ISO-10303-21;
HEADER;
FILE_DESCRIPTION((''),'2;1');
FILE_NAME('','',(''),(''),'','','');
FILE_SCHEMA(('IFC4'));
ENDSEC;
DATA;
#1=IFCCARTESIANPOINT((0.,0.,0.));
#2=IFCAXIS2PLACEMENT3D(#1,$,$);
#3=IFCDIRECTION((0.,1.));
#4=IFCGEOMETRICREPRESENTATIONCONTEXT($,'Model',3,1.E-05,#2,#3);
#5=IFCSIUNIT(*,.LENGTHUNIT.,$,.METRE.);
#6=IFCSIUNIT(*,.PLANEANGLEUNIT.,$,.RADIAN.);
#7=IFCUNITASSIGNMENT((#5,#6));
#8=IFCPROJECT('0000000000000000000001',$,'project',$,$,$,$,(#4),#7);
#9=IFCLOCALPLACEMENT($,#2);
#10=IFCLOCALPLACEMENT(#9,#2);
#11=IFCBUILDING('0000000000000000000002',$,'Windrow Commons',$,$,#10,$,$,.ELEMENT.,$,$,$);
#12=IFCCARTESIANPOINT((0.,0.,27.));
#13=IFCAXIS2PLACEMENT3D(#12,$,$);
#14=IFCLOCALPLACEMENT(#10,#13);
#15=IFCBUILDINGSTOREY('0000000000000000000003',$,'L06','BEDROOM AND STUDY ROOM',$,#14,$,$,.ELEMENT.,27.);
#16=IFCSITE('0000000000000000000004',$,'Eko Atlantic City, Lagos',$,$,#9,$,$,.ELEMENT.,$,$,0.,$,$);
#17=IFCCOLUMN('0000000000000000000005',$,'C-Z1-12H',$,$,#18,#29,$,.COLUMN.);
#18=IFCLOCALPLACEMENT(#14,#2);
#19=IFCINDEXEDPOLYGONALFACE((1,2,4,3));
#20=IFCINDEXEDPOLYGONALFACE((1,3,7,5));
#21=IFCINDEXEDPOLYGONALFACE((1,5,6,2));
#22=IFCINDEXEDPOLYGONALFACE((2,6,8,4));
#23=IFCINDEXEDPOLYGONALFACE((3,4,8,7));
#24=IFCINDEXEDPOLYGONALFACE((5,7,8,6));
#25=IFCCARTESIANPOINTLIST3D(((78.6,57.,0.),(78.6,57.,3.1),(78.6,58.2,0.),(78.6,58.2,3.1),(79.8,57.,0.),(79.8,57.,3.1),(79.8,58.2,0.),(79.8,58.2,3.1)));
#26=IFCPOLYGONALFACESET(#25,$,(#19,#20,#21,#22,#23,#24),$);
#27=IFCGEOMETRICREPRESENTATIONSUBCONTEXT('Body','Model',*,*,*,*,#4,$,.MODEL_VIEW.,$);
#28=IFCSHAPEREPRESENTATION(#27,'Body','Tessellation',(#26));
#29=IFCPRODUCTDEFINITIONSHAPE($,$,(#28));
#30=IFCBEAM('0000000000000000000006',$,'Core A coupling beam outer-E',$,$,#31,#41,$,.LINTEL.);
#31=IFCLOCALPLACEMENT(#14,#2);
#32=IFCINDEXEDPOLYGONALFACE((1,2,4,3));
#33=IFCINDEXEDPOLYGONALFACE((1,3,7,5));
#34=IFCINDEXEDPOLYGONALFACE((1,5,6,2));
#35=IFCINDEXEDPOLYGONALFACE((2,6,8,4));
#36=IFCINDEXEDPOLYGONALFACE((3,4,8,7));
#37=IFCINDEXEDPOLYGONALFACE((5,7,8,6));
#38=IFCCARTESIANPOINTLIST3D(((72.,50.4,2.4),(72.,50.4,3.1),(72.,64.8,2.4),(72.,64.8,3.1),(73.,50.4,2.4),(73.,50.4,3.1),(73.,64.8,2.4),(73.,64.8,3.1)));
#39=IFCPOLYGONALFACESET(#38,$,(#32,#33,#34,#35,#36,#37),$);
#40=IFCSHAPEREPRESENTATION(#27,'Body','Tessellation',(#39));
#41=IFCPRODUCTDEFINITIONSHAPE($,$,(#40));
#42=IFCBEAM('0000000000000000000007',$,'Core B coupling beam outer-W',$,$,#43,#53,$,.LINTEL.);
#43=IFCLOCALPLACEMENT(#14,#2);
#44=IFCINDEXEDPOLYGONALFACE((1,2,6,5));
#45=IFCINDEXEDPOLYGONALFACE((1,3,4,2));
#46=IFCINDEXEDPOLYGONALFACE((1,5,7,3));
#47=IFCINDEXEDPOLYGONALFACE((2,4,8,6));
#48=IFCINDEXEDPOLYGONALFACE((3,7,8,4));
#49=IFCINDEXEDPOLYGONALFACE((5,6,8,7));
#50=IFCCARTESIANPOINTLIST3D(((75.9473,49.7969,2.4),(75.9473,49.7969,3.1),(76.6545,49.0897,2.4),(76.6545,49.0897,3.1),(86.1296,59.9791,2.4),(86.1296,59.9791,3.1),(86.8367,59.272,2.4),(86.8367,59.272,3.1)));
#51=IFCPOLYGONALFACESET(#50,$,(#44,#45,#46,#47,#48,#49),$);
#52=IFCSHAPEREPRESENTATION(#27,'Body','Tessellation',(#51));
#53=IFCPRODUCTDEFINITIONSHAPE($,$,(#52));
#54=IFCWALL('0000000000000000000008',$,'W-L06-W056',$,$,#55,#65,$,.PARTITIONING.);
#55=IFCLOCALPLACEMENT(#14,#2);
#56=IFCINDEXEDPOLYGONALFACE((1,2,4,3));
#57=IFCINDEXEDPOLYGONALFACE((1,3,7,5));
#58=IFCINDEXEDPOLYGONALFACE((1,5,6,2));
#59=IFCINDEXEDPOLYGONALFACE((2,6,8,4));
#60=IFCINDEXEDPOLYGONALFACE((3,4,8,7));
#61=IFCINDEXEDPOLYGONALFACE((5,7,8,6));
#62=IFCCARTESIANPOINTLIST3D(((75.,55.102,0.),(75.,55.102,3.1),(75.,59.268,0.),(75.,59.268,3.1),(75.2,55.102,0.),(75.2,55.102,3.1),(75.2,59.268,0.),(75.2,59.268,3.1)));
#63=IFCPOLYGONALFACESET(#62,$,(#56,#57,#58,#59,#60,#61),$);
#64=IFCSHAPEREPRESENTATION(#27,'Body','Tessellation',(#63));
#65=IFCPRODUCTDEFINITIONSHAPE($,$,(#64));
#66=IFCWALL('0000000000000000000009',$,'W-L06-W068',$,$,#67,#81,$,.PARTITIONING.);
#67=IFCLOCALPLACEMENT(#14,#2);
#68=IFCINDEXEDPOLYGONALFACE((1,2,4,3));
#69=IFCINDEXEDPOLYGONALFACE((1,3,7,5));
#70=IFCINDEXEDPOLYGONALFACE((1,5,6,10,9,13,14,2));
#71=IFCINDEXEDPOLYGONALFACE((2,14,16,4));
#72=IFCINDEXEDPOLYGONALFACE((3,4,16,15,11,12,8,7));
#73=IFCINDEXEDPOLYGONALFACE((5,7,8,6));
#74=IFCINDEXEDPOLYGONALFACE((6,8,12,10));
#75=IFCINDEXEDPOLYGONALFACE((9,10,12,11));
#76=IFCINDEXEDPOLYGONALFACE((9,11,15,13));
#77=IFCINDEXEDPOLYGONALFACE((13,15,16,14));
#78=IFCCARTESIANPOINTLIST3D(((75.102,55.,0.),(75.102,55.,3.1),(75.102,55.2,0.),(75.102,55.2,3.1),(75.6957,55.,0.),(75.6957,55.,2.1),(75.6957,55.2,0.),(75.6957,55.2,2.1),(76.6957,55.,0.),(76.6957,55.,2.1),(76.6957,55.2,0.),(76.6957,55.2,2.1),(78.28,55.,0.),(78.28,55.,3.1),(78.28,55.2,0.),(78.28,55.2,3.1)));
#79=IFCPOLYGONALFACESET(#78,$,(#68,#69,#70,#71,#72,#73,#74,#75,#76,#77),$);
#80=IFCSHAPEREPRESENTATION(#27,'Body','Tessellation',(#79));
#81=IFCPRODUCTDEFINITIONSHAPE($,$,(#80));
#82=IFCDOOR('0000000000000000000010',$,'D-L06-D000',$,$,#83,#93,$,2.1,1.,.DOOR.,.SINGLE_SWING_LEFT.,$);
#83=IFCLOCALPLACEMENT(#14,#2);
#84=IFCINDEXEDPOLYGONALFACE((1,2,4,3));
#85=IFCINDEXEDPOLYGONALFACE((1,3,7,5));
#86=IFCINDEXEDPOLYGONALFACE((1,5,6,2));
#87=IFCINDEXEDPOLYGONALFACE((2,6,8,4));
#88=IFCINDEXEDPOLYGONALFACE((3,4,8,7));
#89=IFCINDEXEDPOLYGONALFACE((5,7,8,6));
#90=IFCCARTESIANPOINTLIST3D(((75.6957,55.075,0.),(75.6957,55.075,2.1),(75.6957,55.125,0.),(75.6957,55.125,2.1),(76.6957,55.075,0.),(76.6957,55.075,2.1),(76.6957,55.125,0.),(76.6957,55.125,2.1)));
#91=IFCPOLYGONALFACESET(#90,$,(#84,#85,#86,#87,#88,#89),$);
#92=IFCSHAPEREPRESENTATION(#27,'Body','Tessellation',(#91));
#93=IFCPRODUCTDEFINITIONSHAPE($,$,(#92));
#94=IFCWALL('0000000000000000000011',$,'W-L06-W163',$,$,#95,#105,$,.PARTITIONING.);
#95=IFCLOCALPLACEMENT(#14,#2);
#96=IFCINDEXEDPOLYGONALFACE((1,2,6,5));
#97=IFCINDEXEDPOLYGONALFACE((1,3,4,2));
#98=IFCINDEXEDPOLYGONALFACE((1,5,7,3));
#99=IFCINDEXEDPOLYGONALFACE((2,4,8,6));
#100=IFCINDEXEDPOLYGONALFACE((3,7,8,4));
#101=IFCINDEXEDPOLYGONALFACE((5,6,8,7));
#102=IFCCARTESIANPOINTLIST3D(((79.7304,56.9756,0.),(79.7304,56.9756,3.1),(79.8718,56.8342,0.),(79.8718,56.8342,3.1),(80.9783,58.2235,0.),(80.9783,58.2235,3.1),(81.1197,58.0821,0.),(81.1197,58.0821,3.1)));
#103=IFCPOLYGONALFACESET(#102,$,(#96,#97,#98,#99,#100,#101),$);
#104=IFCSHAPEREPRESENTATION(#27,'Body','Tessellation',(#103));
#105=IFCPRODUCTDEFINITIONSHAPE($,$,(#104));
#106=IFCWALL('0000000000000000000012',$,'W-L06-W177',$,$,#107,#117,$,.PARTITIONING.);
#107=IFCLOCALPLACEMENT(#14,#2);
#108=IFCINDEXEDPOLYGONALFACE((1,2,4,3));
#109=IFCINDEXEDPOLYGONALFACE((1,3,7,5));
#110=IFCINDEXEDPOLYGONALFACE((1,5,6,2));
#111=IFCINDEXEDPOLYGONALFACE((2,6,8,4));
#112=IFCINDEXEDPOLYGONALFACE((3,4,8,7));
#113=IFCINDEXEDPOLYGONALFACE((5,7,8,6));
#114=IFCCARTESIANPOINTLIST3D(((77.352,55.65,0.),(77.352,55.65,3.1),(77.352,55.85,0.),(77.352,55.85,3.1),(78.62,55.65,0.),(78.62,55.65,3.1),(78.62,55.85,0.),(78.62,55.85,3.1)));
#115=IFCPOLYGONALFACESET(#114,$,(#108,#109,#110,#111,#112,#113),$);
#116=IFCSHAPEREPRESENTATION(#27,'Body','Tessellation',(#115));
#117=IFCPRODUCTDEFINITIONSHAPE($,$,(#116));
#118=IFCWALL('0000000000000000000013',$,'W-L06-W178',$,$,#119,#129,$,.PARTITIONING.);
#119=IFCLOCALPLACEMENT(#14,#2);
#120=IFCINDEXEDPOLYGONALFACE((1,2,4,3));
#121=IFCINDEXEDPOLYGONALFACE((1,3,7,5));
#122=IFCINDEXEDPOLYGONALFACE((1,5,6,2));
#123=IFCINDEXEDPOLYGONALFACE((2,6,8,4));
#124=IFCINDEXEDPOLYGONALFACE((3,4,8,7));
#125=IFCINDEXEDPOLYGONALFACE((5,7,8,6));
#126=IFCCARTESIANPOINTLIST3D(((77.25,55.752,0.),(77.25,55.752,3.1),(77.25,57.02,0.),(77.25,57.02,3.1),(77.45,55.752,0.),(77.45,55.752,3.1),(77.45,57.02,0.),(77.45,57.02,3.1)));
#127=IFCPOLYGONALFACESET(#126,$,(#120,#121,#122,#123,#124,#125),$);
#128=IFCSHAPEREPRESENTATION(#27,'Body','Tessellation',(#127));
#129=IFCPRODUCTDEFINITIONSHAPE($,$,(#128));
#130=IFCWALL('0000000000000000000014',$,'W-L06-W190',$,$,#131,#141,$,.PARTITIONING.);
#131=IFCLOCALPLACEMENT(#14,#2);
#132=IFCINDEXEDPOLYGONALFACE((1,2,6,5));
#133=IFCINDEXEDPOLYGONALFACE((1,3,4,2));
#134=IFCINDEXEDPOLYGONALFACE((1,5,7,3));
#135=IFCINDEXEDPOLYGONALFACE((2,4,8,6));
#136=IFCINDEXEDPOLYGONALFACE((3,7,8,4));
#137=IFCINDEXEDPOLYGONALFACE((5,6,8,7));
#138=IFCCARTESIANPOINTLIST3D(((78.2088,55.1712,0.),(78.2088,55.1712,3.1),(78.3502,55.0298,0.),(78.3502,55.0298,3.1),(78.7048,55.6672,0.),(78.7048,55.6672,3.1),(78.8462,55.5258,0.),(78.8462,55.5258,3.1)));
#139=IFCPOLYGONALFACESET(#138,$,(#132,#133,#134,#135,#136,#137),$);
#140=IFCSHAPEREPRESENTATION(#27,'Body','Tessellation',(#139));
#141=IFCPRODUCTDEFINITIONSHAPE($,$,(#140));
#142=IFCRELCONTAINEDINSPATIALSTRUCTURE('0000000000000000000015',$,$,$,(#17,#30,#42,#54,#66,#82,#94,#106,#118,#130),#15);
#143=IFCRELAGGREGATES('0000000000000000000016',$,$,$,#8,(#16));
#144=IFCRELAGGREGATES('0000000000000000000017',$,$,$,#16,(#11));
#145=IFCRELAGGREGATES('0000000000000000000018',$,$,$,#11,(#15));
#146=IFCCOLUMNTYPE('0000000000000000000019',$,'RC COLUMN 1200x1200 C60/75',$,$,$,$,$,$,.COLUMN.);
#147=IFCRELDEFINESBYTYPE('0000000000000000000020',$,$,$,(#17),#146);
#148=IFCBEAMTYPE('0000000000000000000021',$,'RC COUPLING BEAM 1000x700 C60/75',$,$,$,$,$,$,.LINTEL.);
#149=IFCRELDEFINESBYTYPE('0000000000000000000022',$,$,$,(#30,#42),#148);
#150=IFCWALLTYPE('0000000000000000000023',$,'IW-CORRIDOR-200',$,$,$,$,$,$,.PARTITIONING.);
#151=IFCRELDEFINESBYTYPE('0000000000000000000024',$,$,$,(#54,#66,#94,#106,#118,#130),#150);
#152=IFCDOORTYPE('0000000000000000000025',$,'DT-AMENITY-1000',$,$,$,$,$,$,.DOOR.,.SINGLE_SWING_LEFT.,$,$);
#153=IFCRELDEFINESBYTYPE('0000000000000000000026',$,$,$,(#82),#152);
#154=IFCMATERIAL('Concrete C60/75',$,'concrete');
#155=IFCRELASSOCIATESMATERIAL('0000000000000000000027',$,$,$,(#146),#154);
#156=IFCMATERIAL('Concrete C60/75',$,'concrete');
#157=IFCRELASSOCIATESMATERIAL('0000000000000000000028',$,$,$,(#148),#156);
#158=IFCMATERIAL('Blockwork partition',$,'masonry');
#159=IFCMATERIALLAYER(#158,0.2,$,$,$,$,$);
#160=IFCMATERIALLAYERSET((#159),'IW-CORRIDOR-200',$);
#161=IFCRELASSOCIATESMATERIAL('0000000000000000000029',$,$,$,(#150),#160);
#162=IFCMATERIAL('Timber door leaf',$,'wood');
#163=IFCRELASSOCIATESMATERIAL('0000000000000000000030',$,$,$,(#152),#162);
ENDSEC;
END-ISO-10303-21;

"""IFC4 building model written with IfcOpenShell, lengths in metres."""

from ifc_helpers import new_model, si_unit, direction, frame, frame_2d, origin, origin_2d, place, context, subcontext, project, spatial, rectangle, extrude, material, layer, layer_set, material_profile, profile_set, type_object, element, fill, save


model = new_model("IFC4")

# Units and contexts
model_context = context("Model", 3, precision=1e-05, world=origin(), true_north=direction((0.0, 1.0)))
body_context = subcontext(model_context, "Body", "Model", "MODEL_VIEW")
ifc_project = project(units=[si_unit("LENGTHUNIT", "METRE"), si_unit("PLANEANGLEUNIT", "RADIAN")], contexts=[model_context])

# Site, building, storey
site_placement = place(None, origin())
site = spatial("IfcSite", under=ifc_project, at=site_placement, Name="Eko Atlantic City, Lagos", CompositionType="ELEMENT", RefElevation=0.0)
building_placement = place(site_placement, origin())
building = spatial("IfcBuilding", under=site, at=building_placement, Name="Windrow Commons", CompositionType="ELEMENT")
storey_placement = place(building_placement, frame((0.0, 0.0, 27.0)))
storey = spatial("IfcBuildingStorey", under=building, at=storey_placement, Name="L06", Description="BEDROOM AND STUDY ROOM", CompositionType="ELEMENT", Elevation=27.0)

# Column
ifc_material_1 = material(Name="Concrete C60/75", Category="concrete")
ifc_material_profile_1 = material_profile(ifc_material_1, rectangle(XDim=1.2, YDim=1.2, at=origin_2d()))
ifc_profile_set_1 = profile_set([ifc_material_profile_1], Name="Concrete C60/75")
column_type = type_object("IfcColumnType", Name="RC COLUMN 1200x1200 C60/75", PredefinedType="COLUMN", material=ifc_profile_set_1)
column_placement = place(storey_placement, frame((79.2, 57.6, 0.0), z_axis=(0.0, 0.0, 1.0), x_axis=(1.0, 0.0, 0.0)))
element("IfcColumn", 1, at=column_placement, inside=storey, type_object=column_type, Name="C-Z1-12H", PredefinedType="COLUMN", context=body_context, shape_type="SweptSolid", body=[
    extrude(rectangle(XDim=1.2, YDim=1.2, at=origin_2d()), origin(), (0.0, 0.0, 1.0), 3.1),
])

# Beams
ifc_material_2 = material(Name="Concrete C60/75", Category="concrete")
ifc_material_profile_2 = material_profile(ifc_material_2, rectangle(XDim=1.0, YDim=0.7, at=origin_2d()))
ifc_profile_set_2 = profile_set([ifc_material_profile_2], Name="Concrete C60/75")
beam_type = type_object("IfcBeamType", Name="RC COUPLING BEAM 1000x700 C60/75", PredefinedType="LINTEL", material=ifc_profile_set_2)
beam_1_placement = place(storey_placement, frame((72.5, 50.4, 2.75), z_axis=(0.0, 1.0, 0.0), x_axis=(-1.0, 0.0, 0.0)))
element("IfcBeam", 2, at=beam_1_placement, inside=storey, type_object=beam_type, Name="Core A coupling beam outer-E", PredefinedType="LINTEL", context=body_context, shape_type="SweptSolid", body=[
    extrude(rectangle(XDim=1.0, YDim=0.7, at=origin_2d()), origin(), (0.0, 0.0, 1.0), 14.4),
])
beam_2_placement = place(storey_placement, frame((76.3009, 49.4433, 2.75), z_axis=(0.707107, 0.707107, 0.0), x_axis=(-0.707107, 0.707107, 0.0)))
element("IfcBeam", 3, at=beam_2_placement, inside=storey, type_object=beam_type, Name="Core B coupling beam outer-W", PredefinedType="LINTEL", context=body_context, shape_type="SweptSolid", body=[
    extrude(rectangle(XDim=1.0, YDim=0.7, at=origin_2d()), origin(), (0.0, 0.0, 1.0), 14.3999),
])

# Wall
ifc_material_3 = material(Name="Blockwork partition", Category="masonry")
ifc_layer_1 = layer(ifc_material_3, 0.2)
ifc_layer_set_1 = layer_set([ifc_layer_1], Name="IW-CORRIDOR-200")
wall_type_1 = type_object("IfcWallType", Name="IW-CORRIDOR-200", PredefinedType="PARTITIONING", material=ifc_layer_set_1)
wall_1_placement = place(storey_placement, frame((75.1, 55.102, 0.0), z_axis=(0.0, 0.0, 1.0), x_axis=(0.0, 1.0, 0.0)))
element("IfcWall", 4, at=wall_1_placement, inside=storey, type_object=wall_type_1, Name="W-L06-W056", PredefinedType="PARTITIONING", context=body_context, shape_type="SweptSolid", body=[
    extrude(rectangle(XDim=4.166, YDim=0.2, at=frame_2d((2.083, 0.0))), origin(), (0.0, 0.0, 1.0), 3.1),
])

# Wall, opening, door
wall_2_placement = place(storey_placement, frame((75.102, 55.1, 0.0), z_axis=(0.0, 0.0, 1.0), x_axis=(1.0, 0.0, 0.0)))
wall_2 = element("IfcWall", 5, at=wall_2_placement, inside=storey, type_object=wall_type_1, Name="W-L06-W068", PredefinedType="PARTITIONING", context=body_context, shape_type="SweptSolid", body=[
    extrude(rectangle(XDim=3.178, YDim=0.2, at=frame_2d((1.589, 0.0))), origin(), (0.0, 0.0, 1.0), 3.1),
])
opening_1_placement = place(wall_2_placement, frame((0.5937, 0.0, 0.0)))
opening_1 = element("IfcOpeningElement", 6, at=opening_1_placement, cuts=wall_2, PredefinedType="OPENING", context=body_context, shape_type="SweptSolid", body=[
    extrude(rectangle(XDim=1.0, YDim=2.1, at=frame_2d((0.5, 1.05))), frame((0.0, 0.11, 0.0), z_axis=(0.0, -1.0, 0.0), x_axis=(1.0, 0.0, 0.0)), (0.0, 0.0, 1.0), 0.22),
])
ifc_material_4 = material(Name="Timber door leaf", Category="wood")
door_type_1 = type_object("IfcDoorType", Name="DT-AMENITY-1000", OperationType="SINGLE_SWING_LEFT", PredefinedType="DOOR", material=ifc_material_4)
door_1_placement = place(opening_1_placement, origin())
door_1 = element("IfcDoor", 7, at=door_1_placement, inside=storey, type_object=door_type_1, Name="D-L06-D000", OperationType="SINGLE_SWING_LEFT", OverallHeight=2.1, OverallWidth=1.0, PredefinedType="DOOR", context=body_context, shape_type="SweptSolid", body=[
    extrude(rectangle(XDim=1.0, YDim=2.1, at=frame_2d((0.5, 1.05))), frame((0.0, 0.025, 0.0), z_axis=(0.0, -1.0, 0.0), x_axis=(1.0, 0.0, 0.0)), (0.0, 0.0, 1.0), 0.05),
])
fill(opening_1, door_1)

# Walls
wall_3_placement = place(storey_placement, frame((79.8011, 56.9049, 0.0), z_axis=(0.0, 0.0, 1.0), x_axis=(0.707107, 0.707107, 0.0)))
element("IfcWall", 8, at=wall_3_placement, inside=storey, type_object=wall_type_1, Name="W-L06-W163", PredefinedType="PARTITIONING", context=body_context, shape_type="SweptSolid", body=[
    extrude(rectangle(XDim=1.7649, YDim=0.2, at=frame_2d((0.8824, 0.0))), origin(), (0.0, 0.0, 1.0), 3.1),
])
for number, where, z_axis, x_axis, name in (
    (9, (77.352, 55.75, 0.0), (0.0, 0.0, 1.0), (1.0, 0.0, 0.0), "W-L06-W177"),
    (10, (77.35, 55.752, 0.0), (0.0, 0.0, 1.0), (0.0, 1.0, 0.0), "W-L06-W178"),
):
    element("IfcWall", number, at=place(storey_placement, frame(where, z_axis=z_axis, x_axis=x_axis)), inside=storey, type_object=wall_type_1, Name=name, PredefinedType="PARTITIONING", context=body_context, shape_type="SweptSolid", body=[
        extrude(rectangle(XDim=1.268, YDim=0.2, at=frame_2d((0.634, 0.0))), origin(), (0.0, 0.0, 1.0), 3.1),
    ])
wall_4_placement = place(storey_placement, frame((78.2795, 55.1005, 0.0), z_axis=(0.0, 0.0, 1.0), x_axis=(0.707107, 0.707107, 0.0)))
element("IfcWall", 11, at=wall_4_placement, inside=storey, type_object=wall_type_1, Name="W-L06-W190", PredefinedType="PARTITIONING", context=body_context, shape_type="SweptSolid", body=[
    extrude(rectangle(XDim=0.7014, YDim=0.2, at=frame_2d((0.3507, 0.0))), origin(), (0.0, 0.0, 1.0), 3.1),
])

save(model, "model.ifc")
